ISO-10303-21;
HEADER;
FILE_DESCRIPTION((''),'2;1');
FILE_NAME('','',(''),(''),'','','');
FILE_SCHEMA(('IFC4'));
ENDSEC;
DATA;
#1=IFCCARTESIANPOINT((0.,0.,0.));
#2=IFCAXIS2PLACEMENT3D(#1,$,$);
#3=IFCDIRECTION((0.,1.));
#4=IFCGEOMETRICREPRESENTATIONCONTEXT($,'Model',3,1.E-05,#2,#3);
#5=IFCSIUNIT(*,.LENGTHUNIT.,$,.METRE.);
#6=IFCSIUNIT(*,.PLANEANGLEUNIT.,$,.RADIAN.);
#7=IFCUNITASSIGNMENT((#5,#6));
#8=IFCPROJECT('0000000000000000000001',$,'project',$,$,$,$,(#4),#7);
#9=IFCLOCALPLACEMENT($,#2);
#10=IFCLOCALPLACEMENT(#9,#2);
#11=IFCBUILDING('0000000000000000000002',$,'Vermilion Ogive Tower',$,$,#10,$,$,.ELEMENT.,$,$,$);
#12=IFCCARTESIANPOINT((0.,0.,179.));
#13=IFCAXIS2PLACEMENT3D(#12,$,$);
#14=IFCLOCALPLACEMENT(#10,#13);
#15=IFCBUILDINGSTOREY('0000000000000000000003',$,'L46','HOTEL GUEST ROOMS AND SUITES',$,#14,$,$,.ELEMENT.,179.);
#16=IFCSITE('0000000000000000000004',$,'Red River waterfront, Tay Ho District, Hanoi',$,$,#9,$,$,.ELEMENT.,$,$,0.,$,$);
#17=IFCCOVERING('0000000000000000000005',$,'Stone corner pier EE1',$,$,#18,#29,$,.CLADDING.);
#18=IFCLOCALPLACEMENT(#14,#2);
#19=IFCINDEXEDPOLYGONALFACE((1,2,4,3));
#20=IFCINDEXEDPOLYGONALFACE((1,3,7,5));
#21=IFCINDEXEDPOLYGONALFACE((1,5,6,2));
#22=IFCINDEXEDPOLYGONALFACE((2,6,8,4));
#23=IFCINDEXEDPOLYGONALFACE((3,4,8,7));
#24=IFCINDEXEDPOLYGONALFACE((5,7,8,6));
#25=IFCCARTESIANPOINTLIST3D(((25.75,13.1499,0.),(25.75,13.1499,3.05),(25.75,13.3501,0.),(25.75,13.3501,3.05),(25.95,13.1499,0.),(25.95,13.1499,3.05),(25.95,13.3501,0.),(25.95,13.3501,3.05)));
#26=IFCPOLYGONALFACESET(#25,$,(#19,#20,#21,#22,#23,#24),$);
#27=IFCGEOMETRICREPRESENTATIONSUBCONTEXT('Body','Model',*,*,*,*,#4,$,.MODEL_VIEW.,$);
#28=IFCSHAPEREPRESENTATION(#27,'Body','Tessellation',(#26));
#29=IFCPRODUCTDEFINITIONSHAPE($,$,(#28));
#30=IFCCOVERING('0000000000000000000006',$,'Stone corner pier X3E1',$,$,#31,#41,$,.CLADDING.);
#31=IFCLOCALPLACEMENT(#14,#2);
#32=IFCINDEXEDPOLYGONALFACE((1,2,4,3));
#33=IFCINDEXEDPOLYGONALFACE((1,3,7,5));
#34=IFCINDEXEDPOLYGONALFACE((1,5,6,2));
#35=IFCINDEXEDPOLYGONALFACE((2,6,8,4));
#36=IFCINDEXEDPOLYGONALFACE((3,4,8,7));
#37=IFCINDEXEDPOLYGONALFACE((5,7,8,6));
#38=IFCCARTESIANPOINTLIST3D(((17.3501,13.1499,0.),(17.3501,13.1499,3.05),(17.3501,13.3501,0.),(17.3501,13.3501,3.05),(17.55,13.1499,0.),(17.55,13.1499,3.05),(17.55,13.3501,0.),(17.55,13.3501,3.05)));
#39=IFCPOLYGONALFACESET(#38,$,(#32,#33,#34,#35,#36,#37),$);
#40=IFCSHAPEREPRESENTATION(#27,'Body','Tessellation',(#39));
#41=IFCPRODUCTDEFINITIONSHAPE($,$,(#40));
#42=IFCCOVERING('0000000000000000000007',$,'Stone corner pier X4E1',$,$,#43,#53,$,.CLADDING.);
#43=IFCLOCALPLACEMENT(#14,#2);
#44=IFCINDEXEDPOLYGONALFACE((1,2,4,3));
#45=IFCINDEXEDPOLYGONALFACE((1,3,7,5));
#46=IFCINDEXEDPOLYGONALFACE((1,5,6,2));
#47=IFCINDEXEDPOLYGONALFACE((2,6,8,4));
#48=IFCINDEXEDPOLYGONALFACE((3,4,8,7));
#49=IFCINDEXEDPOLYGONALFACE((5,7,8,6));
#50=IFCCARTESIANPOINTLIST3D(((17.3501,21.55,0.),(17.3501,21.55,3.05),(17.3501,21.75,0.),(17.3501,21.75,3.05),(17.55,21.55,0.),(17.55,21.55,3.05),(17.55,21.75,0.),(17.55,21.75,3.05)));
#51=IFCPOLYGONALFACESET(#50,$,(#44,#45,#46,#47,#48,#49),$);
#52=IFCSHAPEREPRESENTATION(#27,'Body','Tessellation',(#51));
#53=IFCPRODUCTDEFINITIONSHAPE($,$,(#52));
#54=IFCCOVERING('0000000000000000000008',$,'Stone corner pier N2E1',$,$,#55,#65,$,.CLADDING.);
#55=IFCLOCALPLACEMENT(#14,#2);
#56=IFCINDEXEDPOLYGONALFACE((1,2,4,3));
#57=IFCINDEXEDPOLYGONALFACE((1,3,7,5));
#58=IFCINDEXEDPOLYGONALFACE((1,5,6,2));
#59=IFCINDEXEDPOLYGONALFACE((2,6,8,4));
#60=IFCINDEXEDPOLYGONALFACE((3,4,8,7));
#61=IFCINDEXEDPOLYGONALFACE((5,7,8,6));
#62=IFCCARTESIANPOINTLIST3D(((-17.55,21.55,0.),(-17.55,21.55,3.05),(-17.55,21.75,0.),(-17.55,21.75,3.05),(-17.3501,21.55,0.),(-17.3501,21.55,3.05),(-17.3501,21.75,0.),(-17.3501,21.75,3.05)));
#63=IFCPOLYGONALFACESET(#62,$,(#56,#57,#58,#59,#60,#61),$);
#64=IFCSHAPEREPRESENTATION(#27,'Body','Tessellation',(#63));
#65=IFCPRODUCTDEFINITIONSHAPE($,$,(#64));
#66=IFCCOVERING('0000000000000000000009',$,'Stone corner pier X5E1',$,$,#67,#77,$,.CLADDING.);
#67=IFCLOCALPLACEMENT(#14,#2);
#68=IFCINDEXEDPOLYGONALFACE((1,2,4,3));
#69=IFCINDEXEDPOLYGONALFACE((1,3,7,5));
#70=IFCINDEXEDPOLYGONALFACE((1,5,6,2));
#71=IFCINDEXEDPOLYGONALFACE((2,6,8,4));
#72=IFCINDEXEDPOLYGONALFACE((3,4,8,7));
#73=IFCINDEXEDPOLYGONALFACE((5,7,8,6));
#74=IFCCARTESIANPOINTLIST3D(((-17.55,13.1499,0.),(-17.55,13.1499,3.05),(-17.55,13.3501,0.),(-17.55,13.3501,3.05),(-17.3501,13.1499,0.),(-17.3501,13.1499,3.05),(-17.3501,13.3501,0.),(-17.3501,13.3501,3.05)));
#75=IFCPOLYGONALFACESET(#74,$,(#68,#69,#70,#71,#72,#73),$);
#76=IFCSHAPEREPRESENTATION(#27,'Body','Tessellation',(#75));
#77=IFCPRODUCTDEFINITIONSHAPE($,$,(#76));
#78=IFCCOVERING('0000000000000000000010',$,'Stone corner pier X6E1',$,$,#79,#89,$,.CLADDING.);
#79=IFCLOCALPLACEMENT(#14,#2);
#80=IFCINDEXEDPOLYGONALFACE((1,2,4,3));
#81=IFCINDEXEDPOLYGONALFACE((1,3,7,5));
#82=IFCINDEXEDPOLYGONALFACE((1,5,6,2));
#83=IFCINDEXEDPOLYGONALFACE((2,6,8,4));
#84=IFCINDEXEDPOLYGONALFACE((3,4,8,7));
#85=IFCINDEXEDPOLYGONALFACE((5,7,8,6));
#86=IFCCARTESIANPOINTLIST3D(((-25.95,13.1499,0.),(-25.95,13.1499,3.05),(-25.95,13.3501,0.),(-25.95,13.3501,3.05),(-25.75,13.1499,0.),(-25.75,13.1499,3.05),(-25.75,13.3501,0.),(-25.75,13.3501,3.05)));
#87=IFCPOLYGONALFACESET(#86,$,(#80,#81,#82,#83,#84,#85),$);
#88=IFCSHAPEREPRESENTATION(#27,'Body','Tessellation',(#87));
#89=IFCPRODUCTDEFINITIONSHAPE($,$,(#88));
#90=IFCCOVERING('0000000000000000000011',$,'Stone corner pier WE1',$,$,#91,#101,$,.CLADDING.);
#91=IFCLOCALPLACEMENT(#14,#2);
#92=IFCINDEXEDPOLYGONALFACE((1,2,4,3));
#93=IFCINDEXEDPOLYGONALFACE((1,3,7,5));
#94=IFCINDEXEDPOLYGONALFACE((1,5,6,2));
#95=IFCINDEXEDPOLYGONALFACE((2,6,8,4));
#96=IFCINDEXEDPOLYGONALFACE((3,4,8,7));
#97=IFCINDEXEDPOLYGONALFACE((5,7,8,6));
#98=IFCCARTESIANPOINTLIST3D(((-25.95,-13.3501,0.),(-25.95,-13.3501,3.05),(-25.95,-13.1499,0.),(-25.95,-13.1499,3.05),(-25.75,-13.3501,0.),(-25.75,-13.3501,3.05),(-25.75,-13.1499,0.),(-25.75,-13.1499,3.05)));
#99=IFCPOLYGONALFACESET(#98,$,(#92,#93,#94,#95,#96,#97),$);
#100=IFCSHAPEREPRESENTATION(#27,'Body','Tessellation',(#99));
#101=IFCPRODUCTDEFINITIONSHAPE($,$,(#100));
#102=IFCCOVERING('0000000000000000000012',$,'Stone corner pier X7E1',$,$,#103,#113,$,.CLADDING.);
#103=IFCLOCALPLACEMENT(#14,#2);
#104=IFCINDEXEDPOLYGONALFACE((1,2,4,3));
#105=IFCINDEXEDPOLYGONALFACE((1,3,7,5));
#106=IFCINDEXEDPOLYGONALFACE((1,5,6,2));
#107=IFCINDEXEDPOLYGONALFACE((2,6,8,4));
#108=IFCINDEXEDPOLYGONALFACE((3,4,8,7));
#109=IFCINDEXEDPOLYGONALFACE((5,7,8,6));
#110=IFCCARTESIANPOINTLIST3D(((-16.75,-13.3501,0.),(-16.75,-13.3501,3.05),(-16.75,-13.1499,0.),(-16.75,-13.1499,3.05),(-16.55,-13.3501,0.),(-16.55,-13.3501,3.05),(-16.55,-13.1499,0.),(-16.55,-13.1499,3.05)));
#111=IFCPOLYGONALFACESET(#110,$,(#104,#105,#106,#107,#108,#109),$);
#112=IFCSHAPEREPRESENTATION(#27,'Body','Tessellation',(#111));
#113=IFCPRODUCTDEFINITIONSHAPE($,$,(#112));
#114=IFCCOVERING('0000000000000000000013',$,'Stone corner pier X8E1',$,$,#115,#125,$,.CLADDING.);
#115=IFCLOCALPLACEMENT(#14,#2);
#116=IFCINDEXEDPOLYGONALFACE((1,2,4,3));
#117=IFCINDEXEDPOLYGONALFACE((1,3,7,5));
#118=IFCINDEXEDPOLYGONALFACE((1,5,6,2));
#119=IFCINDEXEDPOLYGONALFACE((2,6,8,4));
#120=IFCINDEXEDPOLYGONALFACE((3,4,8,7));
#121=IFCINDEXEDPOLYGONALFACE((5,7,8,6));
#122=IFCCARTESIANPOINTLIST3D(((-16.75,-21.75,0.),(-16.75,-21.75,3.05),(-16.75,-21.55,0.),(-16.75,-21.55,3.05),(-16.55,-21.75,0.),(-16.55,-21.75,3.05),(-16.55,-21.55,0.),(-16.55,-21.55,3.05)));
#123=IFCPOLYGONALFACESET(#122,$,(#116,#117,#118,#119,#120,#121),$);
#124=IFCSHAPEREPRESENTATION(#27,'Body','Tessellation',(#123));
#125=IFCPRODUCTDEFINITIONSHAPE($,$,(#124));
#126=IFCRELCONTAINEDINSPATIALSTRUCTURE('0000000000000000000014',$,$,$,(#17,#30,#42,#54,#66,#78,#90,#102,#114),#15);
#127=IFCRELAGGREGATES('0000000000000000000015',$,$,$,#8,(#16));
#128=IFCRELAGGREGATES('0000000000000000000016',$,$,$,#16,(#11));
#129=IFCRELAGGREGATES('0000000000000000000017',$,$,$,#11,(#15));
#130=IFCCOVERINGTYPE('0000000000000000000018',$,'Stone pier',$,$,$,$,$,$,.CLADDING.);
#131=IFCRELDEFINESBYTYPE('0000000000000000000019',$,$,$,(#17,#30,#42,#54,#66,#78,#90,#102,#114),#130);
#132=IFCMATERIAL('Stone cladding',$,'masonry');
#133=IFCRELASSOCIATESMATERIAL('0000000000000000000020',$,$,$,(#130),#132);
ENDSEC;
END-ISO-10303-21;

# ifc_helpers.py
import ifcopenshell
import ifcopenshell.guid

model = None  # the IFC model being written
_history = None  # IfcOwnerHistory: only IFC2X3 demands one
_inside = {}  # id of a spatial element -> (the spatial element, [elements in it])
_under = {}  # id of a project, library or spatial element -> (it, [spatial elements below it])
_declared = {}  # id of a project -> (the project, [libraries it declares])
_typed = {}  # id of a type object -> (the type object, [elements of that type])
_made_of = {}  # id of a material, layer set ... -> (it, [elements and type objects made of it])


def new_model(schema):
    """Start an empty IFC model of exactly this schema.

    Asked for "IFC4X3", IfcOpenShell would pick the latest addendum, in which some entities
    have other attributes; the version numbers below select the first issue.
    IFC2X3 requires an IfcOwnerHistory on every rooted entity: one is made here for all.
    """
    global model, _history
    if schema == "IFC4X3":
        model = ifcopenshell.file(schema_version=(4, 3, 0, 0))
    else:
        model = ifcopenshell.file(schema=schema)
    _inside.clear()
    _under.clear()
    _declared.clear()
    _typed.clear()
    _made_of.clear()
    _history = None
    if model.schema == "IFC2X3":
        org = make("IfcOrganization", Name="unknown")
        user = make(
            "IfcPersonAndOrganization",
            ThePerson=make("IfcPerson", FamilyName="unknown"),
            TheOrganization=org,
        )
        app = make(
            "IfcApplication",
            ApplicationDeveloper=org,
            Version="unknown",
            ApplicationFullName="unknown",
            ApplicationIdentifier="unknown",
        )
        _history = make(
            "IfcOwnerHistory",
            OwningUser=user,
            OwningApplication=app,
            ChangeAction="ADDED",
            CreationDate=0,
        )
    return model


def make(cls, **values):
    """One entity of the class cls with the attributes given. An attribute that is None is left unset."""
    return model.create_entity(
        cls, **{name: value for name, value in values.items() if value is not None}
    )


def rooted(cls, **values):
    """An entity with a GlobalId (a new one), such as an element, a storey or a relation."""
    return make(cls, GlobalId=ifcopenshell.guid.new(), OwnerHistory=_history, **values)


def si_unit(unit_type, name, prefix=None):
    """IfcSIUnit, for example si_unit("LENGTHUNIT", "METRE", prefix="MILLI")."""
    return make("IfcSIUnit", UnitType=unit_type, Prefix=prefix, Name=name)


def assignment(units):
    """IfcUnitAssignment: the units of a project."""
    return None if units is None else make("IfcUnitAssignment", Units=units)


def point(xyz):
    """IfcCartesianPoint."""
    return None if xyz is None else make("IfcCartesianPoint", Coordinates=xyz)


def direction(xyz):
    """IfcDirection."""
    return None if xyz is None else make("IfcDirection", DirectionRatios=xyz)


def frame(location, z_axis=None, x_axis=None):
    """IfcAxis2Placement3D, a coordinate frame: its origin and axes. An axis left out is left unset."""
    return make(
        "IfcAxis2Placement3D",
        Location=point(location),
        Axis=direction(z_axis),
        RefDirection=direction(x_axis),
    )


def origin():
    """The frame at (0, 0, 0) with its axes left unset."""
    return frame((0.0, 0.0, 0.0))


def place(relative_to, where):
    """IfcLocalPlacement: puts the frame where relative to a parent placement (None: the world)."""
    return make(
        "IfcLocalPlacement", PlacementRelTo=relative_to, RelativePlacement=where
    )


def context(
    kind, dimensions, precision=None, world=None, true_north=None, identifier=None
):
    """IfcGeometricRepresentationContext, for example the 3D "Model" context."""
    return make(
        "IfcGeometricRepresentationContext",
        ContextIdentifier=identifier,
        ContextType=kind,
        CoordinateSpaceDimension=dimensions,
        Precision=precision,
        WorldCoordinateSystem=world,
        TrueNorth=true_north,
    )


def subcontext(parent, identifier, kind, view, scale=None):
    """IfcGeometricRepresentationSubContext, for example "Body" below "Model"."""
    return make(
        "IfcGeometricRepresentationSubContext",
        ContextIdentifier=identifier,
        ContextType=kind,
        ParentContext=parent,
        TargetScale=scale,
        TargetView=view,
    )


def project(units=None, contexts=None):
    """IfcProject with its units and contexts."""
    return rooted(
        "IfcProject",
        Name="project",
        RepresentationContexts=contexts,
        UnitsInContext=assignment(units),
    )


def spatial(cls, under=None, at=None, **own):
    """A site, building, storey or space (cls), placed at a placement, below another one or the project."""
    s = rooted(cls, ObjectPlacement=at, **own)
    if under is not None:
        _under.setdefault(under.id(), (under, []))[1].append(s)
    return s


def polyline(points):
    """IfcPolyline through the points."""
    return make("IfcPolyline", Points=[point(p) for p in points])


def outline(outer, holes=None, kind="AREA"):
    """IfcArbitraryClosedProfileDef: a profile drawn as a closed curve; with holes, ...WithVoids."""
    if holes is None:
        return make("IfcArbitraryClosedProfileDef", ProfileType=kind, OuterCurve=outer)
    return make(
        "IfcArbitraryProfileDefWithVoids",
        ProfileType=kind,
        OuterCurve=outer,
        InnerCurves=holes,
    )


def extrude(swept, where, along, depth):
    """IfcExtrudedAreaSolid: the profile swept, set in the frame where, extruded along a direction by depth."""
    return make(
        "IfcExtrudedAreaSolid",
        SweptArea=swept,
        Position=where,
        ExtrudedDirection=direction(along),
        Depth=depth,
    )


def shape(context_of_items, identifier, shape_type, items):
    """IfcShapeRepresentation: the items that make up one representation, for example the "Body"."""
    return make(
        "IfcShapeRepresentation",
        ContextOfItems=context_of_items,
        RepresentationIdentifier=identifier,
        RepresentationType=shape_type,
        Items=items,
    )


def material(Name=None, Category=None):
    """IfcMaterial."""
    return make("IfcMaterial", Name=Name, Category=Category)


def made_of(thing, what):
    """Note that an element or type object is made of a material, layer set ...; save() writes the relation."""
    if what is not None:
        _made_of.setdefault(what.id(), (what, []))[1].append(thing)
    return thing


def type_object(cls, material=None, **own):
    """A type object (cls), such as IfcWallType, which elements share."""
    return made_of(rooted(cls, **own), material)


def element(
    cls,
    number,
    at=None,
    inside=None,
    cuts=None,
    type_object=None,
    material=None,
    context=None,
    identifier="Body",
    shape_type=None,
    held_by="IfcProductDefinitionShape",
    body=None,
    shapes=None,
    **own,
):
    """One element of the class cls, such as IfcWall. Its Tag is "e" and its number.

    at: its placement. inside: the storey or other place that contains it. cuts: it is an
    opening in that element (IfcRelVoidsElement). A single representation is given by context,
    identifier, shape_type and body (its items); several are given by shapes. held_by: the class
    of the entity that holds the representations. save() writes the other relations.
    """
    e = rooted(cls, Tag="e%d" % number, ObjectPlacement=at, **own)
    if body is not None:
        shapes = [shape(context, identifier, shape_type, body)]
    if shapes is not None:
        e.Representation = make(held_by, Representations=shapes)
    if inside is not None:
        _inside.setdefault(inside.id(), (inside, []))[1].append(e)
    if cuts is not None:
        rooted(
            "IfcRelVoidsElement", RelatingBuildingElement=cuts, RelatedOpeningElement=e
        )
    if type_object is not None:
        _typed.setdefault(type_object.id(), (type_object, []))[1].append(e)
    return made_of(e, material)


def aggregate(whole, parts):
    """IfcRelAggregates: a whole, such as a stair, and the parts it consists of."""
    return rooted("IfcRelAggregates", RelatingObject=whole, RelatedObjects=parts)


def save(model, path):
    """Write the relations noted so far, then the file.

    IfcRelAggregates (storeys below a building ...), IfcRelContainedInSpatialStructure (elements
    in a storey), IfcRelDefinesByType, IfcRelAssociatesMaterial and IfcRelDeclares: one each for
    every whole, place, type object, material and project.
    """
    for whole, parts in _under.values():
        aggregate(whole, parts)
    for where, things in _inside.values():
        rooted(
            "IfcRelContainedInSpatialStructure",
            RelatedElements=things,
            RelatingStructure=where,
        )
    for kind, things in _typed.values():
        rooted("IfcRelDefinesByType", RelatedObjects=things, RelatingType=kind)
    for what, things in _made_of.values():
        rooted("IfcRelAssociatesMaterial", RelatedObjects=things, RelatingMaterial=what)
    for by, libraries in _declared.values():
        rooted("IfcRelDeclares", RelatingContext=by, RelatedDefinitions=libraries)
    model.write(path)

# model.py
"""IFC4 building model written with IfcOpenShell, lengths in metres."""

from ifc_helpers import new_model, si_unit, direction, frame, origin, place, context, subcontext, project, spatial, polyline, outline, extrude, material, type_object, element, save


model = new_model("IFC4")

# Units and contexts
model_context = context("Model", 3, precision=1e-05, world=origin(), true_north=direction((0.0, 1.0)))
body_context = subcontext(model_context, "Body", "Model", "MODEL_VIEW")
ifc_project = project(units=[si_unit("LENGTHUNIT", "METRE"), si_unit("PLANEANGLEUNIT", "RADIAN")], contexts=[model_context])

# Site, building, storey
site_placement = place(None, origin())
site = spatial("IfcSite", under=ifc_project, at=site_placement, Name="Red River waterfront, Tay Ho District, Hanoi", CompositionType="ELEMENT", RefElevation=0.0)
building_placement = place(site_placement, origin())
building = spatial("IfcBuilding", under=site, at=building_placement, Name="Vermilion Ogive Tower", CompositionType="ELEMENT")
storey_placement = place(building_placement, frame((0.0, 0.0, 179.0)))
storey = spatial("IfcBuildingStorey", under=building, at=storey_placement, Name="L46", Description="HOTEL GUEST ROOMS AND SUITES", CompositionType="ELEMENT", Elevation=179.0)

# Coverings
ifc_material_1 = material(Name="Stone cladding", Category="masonry")
covering_type_1 = type_object("IfcCoveringType", Name="Stone pier", PredefinedType="CLADDING", material=ifc_material_1)
covering_1_placement = place(storey_placement, origin())
element("IfcCovering", 1, at=covering_1_placement, inside=storey, type_object=covering_type_1, Name="Stone corner pier EE1", PredefinedType="CLADDING", context=body_context, shape_type="SweptSolid", body=[
    extrude(outline(polyline([(25.75, 13.1499), (25.75, 13.3501), (25.95, 13.3501), (25.95, 13.1499), (25.75, 13.1499)])), origin(), (0.0, 0.0, 1.0), 3.05),
])
covering_2_placement = place(storey_placement, origin())
element("IfcCovering", 2, at=covering_2_placement, inside=storey, type_object=covering_type_1, Name="Stone corner pier X3E1", PredefinedType="CLADDING", context=body_context, shape_type="SweptSolid", body=[
    extrude(outline(polyline([(17.3501, 13.1499), (17.3501, 13.3501), (17.55, 13.3501), (17.55, 13.1499), (17.3501, 13.1499)])), origin(), (0.0, 0.0, 1.0), 3.05),
])
covering_3_placement = place(storey_placement, origin())
element("IfcCovering", 3, at=covering_3_placement, inside=storey, type_object=covering_type_1, Name="Stone corner pier X4E1", PredefinedType="CLADDING", context=body_context, shape_type="SweptSolid", body=[
    extrude(outline(polyline([(17.3501, 21.55), (17.3501, 21.75), (17.55, 21.75), (17.55, 21.55), (17.3501, 21.55)])), origin(), (0.0, 0.0, 1.0), 3.05),
])
covering_4_placement = place(storey_placement, origin())
element("IfcCovering", 4, at=covering_4_placement, inside=storey, type_object=covering_type_1, Name="Stone corner pier N2E1", PredefinedType="CLADDING", context=body_context, shape_type="SweptSolid", body=[
    extrude(outline(polyline([(-17.3501, 21.55), (-17.55, 21.55), (-17.55, 21.75), (-17.3501, 21.75), (-17.3501, 21.55)])), origin(), (0.0, 0.0, 1.0), 3.05),
])
covering_5_placement = place(storey_placement, origin())
element("IfcCovering", 5, at=covering_5_placement, inside=storey, type_object=covering_type_1, Name="Stone corner pier X5E1", PredefinedType="CLADDING", context=body_context, shape_type="SweptSolid", body=[
    extrude(outline(polyline([(-17.3501, 13.1499), (-17.55, 13.1499), (-17.55, 13.3501), (-17.3501, 13.3501), (-17.3501, 13.1499)])), origin(), (0.0, 0.0, 1.0), 3.05),
])
covering_6_placement = place(storey_placement, origin())
element("IfcCovering", 6, at=covering_6_placement, inside=storey, type_object=covering_type_1, Name="Stone corner pier X6E1", PredefinedType="CLADDING", context=body_context, shape_type="SweptSolid", body=[
    extrude(outline(polyline([(-25.75, 13.1499), (-25.95, 13.1499), (-25.95, 13.3501), (-25.75, 13.3501), (-25.75, 13.1499)])), origin(), (0.0, 0.0, 1.0), 3.05),
])
covering_7_placement = place(storey_placement, origin())
element("IfcCovering", 7, at=covering_7_placement, inside=storey, type_object=covering_type_1, Name="Stone corner pier WE1", PredefinedType="CLADDING", context=body_context, shape_type="SweptSolid", body=[
    extrude(outline(polyline([(-25.75, -13.1499), (-25.75, -13.3501), (-25.95, -13.3501), (-25.95, -13.1499), (-25.75, -13.1499)])), origin(), (0.0, 0.0, 1.0), 3.05),
])
covering_8_placement = place(storey_placement, origin())
element("IfcCovering", 8, at=covering_8_placement, inside=storey, type_object=covering_type_1, Name="Stone corner pier X7E1", PredefinedType="CLADDING", context=body_context, shape_type="SweptSolid", body=[
    extrude(outline(polyline([(-16.55, -13.1499), (-16.55, -13.3501), (-16.75, -13.3501), (-16.75, -13.1499), (-16.55, -13.1499)])), origin(), (0.0, 0.0, 1.0), 3.05),
])
covering_9_placement = place(storey_placement, origin())
element("IfcCovering", 9, at=covering_9_placement, inside=storey, type_object=covering_type_1, Name="Stone corner pier X8E1", PredefinedType="CLADDING", context=body_context, shape_type="SweptSolid", body=[
    extrude(outline(polyline([(-16.55, -21.55), (-16.55, -21.75), (-16.75, -21.75), (-16.75, -21.55), (-16.55, -21.55)])), origin(), (0.0, 0.0, 1.0), 3.05),
])

save(model, "model.ifc")
